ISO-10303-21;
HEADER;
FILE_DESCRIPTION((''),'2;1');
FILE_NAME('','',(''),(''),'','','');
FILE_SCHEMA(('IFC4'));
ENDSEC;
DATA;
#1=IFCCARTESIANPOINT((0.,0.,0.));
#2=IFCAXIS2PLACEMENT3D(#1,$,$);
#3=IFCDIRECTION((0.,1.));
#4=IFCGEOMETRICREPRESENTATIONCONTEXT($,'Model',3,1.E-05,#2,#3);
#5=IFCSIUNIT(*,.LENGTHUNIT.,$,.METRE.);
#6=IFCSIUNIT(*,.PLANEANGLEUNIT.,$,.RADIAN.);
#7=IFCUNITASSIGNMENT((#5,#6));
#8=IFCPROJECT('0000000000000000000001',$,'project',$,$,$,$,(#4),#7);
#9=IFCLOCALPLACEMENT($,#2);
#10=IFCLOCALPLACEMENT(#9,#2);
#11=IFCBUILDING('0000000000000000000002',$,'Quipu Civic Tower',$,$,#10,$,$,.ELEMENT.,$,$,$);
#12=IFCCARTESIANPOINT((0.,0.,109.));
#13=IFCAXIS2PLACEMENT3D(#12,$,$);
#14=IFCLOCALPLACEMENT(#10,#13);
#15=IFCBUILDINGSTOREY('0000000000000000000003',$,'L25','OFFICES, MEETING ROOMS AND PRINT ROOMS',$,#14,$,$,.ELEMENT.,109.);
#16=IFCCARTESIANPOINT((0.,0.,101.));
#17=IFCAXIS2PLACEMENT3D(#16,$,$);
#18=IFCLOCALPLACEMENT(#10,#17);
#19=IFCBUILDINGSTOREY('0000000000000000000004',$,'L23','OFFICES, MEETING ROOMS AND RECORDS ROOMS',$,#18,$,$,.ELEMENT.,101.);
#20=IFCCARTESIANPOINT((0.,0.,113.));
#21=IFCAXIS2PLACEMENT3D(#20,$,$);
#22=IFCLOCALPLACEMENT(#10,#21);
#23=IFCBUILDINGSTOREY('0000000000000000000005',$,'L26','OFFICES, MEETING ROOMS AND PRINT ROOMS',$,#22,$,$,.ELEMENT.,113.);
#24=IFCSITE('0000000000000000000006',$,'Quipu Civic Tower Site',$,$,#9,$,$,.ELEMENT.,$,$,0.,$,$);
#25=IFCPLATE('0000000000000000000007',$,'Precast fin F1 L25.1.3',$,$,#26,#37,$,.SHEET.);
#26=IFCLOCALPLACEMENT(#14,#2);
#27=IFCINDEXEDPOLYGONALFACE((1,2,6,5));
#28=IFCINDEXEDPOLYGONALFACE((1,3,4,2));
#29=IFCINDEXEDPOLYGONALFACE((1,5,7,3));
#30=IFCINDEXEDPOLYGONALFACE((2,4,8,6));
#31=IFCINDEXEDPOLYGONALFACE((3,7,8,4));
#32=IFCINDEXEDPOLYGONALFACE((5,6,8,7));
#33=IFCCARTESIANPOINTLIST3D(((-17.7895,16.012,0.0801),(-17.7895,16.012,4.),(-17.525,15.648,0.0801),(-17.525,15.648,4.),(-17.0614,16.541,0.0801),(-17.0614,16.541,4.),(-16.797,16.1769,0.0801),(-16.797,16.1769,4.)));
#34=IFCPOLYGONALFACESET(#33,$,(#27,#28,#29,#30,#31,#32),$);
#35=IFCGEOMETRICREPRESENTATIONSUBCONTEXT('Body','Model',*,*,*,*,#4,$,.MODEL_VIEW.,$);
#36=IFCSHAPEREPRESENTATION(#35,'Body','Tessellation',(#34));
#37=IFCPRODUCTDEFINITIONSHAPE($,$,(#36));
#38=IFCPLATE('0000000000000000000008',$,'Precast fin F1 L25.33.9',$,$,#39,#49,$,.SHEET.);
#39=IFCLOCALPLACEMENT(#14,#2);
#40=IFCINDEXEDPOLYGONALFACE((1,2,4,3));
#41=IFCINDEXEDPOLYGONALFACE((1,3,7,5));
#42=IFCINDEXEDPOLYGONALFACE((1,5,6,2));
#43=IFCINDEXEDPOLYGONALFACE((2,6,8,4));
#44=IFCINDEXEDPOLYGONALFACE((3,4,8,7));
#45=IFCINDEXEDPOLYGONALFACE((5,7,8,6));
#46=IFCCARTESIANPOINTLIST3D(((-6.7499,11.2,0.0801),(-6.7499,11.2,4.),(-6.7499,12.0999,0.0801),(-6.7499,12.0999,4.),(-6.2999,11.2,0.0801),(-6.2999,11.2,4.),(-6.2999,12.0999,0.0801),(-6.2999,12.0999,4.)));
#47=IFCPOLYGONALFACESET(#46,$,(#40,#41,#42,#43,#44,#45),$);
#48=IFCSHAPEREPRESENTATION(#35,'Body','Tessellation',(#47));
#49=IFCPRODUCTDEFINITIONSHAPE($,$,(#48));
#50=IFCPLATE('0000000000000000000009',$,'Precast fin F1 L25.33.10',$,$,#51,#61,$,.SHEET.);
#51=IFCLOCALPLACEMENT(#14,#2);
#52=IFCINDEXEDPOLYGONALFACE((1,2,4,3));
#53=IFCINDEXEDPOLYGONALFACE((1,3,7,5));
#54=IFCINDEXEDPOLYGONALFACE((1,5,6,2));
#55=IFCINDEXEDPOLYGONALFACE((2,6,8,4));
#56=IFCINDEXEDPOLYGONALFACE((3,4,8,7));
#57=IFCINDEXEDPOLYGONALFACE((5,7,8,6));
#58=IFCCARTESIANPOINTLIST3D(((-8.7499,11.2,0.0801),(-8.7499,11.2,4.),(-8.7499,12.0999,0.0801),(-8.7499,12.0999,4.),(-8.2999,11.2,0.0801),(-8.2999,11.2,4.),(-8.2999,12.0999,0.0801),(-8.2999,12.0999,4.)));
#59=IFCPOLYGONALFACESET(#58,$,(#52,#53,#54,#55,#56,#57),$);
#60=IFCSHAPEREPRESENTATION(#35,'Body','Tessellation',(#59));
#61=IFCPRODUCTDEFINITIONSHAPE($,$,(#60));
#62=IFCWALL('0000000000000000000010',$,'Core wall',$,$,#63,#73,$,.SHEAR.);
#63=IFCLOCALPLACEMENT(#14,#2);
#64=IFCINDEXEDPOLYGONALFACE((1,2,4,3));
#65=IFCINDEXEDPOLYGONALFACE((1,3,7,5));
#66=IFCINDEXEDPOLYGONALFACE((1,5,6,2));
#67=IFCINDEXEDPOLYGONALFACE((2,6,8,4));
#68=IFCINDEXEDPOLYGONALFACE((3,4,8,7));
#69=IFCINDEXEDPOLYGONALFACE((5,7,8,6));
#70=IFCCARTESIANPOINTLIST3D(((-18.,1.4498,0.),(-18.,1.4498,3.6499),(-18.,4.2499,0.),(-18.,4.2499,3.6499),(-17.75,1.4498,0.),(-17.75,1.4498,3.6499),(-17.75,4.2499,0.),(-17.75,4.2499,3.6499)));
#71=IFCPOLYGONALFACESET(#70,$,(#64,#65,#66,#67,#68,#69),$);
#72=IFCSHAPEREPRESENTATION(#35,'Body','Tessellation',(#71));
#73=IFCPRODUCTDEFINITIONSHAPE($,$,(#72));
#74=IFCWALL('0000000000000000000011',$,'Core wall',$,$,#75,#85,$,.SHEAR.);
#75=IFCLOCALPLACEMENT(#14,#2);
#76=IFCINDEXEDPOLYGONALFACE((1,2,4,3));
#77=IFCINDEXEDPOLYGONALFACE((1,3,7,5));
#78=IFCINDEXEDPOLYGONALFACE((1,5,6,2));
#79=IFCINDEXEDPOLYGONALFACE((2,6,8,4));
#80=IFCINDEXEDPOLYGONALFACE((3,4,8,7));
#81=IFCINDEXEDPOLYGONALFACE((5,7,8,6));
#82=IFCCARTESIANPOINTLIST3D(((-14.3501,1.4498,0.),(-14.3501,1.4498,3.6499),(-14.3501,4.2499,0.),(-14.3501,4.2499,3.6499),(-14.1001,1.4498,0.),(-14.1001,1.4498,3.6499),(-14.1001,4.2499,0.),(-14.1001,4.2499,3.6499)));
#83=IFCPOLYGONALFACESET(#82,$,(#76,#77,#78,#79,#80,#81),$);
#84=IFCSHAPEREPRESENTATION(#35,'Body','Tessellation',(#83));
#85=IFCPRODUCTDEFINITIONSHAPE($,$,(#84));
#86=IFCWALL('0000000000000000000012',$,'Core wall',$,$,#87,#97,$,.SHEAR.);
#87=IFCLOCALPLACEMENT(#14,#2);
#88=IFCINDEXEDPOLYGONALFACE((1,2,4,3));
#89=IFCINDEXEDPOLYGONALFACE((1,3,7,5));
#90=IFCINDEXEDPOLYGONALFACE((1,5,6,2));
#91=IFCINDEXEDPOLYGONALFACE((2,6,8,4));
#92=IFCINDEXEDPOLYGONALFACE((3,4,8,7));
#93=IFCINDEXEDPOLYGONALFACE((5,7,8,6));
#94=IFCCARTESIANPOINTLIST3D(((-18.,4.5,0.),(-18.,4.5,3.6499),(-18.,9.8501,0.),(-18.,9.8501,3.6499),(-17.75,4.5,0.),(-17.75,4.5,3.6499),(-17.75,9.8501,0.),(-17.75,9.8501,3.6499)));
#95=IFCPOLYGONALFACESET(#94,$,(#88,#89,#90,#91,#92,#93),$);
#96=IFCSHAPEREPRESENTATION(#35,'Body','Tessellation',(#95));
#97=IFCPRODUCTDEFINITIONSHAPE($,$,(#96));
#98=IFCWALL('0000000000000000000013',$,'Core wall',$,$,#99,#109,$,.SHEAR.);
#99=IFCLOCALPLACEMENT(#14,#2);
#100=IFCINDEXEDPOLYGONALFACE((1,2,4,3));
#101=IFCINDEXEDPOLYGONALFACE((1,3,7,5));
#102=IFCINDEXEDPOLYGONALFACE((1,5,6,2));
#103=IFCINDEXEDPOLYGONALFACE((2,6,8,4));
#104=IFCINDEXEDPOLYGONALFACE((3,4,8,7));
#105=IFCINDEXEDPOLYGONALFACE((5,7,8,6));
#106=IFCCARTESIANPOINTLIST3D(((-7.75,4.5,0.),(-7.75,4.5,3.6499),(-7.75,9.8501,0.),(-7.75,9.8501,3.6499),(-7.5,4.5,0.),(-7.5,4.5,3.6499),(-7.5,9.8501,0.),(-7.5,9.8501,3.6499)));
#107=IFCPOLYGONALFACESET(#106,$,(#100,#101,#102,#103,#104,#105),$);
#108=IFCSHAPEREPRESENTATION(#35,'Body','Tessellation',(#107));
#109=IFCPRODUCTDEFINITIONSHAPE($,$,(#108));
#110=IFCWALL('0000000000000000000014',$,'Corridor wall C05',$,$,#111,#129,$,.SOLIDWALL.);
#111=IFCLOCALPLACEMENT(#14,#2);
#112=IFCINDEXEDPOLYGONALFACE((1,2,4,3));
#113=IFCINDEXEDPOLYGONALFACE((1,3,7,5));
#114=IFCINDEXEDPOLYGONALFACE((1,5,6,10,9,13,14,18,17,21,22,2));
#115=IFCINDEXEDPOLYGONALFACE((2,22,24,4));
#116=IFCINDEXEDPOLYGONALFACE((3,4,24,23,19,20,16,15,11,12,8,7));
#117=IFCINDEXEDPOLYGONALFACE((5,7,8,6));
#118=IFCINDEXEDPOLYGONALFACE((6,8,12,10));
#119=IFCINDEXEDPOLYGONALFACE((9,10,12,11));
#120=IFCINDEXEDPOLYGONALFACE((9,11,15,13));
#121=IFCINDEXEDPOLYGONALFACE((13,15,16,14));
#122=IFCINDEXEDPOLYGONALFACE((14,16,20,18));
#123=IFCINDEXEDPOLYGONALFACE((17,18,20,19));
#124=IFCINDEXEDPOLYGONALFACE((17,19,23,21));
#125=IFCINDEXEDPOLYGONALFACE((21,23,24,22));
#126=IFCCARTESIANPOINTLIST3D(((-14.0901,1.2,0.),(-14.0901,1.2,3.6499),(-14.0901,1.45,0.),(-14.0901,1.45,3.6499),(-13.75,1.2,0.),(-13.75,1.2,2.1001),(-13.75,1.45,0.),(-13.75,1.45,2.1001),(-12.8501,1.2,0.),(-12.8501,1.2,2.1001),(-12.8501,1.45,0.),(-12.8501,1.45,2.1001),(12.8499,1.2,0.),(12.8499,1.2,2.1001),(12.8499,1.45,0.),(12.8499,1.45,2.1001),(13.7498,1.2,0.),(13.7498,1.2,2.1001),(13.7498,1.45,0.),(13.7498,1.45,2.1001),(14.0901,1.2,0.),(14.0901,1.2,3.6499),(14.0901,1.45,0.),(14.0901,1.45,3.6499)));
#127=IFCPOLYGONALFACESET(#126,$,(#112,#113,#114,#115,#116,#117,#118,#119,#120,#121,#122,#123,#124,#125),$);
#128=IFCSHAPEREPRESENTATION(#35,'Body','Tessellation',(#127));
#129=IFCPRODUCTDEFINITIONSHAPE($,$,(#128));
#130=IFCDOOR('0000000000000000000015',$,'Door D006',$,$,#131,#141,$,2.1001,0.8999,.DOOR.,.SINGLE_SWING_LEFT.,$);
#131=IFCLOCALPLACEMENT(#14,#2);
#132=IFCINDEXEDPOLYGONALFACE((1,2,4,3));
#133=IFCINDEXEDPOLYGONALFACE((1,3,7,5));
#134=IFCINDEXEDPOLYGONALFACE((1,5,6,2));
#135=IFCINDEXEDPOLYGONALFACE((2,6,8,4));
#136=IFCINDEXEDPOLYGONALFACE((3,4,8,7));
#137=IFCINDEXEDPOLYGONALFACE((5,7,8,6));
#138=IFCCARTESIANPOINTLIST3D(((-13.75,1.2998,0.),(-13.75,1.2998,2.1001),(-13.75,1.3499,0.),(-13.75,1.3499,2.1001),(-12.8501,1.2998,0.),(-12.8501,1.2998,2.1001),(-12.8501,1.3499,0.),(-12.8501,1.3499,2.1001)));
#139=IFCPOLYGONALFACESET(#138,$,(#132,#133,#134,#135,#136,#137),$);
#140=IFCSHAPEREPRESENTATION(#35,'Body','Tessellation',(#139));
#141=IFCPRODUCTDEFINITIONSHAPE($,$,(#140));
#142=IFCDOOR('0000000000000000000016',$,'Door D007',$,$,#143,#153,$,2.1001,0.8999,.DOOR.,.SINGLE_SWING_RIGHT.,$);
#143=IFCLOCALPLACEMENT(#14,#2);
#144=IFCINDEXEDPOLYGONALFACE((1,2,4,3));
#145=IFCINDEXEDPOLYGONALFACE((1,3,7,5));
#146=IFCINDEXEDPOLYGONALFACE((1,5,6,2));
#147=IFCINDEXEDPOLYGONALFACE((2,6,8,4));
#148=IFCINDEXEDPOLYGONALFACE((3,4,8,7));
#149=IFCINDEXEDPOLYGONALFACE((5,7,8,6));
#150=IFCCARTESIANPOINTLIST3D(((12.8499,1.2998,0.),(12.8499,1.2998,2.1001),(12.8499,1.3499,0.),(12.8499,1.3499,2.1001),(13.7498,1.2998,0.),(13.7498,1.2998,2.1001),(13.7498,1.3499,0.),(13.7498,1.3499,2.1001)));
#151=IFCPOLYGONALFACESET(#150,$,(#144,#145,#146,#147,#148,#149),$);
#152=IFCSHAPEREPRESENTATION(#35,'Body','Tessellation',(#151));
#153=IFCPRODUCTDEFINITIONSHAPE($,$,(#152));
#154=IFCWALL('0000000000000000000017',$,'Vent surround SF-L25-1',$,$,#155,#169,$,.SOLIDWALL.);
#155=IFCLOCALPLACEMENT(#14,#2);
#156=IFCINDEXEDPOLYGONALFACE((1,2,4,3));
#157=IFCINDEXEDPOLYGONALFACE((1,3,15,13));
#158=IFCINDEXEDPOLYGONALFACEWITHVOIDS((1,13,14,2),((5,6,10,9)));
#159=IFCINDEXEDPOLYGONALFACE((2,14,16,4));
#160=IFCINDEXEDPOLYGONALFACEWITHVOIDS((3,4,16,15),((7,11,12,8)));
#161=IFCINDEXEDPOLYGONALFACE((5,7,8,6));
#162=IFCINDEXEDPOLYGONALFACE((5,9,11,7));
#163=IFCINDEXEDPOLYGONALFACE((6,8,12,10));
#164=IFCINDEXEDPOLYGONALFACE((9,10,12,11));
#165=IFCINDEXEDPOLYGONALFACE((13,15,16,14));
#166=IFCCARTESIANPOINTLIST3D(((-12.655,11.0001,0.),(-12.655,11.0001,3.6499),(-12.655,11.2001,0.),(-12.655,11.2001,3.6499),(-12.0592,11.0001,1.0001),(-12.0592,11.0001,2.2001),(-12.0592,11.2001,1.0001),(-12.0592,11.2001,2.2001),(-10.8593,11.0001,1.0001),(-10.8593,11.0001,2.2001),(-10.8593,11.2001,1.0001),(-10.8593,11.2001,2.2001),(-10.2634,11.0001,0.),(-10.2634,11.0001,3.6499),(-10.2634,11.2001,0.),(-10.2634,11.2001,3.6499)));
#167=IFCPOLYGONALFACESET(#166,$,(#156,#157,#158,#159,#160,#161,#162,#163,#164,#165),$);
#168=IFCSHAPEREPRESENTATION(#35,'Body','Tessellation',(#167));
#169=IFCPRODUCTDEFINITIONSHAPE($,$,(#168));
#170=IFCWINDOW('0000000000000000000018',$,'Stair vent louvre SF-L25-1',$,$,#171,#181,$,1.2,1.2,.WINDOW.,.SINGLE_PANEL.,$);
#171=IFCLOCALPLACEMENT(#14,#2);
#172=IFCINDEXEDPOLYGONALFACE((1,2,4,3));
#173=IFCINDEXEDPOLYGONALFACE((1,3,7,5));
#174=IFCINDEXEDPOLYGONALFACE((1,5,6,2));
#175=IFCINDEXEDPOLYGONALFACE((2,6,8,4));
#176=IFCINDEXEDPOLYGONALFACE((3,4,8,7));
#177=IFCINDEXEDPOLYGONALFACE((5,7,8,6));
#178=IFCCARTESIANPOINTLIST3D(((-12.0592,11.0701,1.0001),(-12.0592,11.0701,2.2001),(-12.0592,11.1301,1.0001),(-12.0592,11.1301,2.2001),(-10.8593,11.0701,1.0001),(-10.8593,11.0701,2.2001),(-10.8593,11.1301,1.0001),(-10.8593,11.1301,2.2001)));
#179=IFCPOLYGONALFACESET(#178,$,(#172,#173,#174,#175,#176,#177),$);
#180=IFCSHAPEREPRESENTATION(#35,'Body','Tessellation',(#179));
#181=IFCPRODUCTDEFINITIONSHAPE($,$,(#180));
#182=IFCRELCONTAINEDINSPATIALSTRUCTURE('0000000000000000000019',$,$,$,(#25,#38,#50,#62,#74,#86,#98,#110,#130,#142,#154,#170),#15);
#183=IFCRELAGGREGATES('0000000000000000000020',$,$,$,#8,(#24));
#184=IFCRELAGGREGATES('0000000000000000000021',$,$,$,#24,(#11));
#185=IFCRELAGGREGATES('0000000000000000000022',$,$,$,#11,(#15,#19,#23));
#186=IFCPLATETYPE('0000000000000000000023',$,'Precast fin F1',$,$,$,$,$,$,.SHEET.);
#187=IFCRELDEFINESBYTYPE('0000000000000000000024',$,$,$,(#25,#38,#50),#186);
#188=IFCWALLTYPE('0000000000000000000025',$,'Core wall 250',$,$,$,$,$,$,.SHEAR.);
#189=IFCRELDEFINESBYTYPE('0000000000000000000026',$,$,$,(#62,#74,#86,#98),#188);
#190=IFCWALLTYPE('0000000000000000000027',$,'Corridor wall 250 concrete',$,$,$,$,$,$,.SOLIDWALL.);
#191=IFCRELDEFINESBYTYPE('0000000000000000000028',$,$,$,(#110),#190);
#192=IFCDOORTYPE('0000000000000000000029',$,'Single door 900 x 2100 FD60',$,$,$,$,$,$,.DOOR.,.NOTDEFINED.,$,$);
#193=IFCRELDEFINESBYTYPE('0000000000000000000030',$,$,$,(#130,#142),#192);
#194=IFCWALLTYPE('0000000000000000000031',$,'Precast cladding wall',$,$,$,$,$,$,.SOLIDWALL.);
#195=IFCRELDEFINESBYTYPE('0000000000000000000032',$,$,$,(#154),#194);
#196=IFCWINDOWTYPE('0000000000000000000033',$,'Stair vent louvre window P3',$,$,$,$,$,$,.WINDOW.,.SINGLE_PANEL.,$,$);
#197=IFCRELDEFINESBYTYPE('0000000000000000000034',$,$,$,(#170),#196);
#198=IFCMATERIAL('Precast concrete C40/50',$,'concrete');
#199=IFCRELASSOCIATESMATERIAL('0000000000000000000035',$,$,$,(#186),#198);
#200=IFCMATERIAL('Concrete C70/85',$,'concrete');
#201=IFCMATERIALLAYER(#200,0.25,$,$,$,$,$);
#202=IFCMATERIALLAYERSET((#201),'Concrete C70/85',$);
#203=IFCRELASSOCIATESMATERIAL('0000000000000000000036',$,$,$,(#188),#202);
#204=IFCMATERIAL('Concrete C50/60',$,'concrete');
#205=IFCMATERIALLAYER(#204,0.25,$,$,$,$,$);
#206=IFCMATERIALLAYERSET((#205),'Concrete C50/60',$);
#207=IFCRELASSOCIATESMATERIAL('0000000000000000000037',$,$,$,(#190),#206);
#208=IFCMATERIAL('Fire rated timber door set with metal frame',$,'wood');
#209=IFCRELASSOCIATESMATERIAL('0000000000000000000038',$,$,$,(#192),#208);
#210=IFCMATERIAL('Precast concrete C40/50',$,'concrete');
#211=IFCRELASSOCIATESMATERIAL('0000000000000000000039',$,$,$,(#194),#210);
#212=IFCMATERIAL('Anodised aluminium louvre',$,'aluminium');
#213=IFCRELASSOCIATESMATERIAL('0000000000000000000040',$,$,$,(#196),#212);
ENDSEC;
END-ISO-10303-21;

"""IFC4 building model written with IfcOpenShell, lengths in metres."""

from ifc_helpers import new_model, si_unit, direction, frame, frame_2d, origin, origin_2d, place, context, subcontext, project, spatial, rectangle, extrude, material, layer, layer_set, type_object, element, fill, save


model = new_model("IFC4")

# Units and contexts
model_context = context("Model", 3, precision=1e-05, world=origin(), true_north=direction((0.0, 1.0)))
body_context = subcontext(model_context, "Body", "Model", "MODEL_VIEW")
ifc_project = project(units=[si_unit("LENGTHUNIT", "METRE"), si_unit("PLANEANGLEUNIT", "RADIAN")], contexts=[model_context])

# Site, building, storey
site_placement = place(None, origin())
site = spatial("IfcSite", under=ifc_project, at=site_placement, Name="Quipu Civic Tower Site", CompositionType="ELEMENT", RefElevation=0.0)
building_placement = place(site_placement, origin())
building = spatial("IfcBuilding", under=site, at=building_placement, Name="Quipu Civic Tower", CompositionType="ELEMENT")
storey_1_placement = place(building_placement, frame((0.0, 0.0, 109.0)))
storey_1 = spatial("IfcBuildingStorey", under=building, at=storey_1_placement, Name="L25", Description="OFFICES, MEETING ROOMS AND PRINT ROOMS", CompositionType="ELEMENT", Elevation=109.0)

# Shared definitions
storey_2_placement = place(building_placement, frame((0.0, 0.0, 101.0)))
storey_2 = spatial("IfcBuildingStorey", under=building, at=storey_2_placement, Name="L23", Description="OFFICES, MEETING ROOMS AND RECORDS ROOMS", CompositionType="ELEMENT", Elevation=101.0)

# Shared definitions
storey_3_placement = place(building_placement, frame((0.0, 0.0, 113.0)))
storey_3 = spatial("IfcBuildingStorey", under=building, at=storey_3_placement, Name="L26", Description="OFFICES, MEETING ROOMS AND PRINT ROOMS", CompositionType="ELEMENT", Elevation=113.0)

# Plates
ifc_material_1 = material(Name="Precast concrete C40/50", Category="concrete")
plate_type_1 = type_object("IfcPlateType", Name="Precast fin F1", PredefinedType="SHEET", material=ifc_material_1)
for number, where, z_axis, x_axis, name in (
    (1, (-17.2932, 16.0945, 0.0801), (0.0, 0.0, 1.0), (-0.587785, 0.809017, 0.0), "Precast fin F1 L25.1.3"),
    (2, (-6.5249, 11.6499, 0.0801), (0.0, 0.0, 1.0), (-1.0, 0.0, 0.0), "Precast fin F1 L25.33.9"),
    (3, (-8.5249, 11.6499, 0.0801), (0.0, 0.0, 1.0), (-1.0, 0.0, 0.0), "Precast fin F1 L25.33.10"),
):
    element("IfcPlate", number, at=place(storey_1_placement, frame(where, z_axis=z_axis, x_axis=x_axis)), inside=storey_1, type_object=plate_type_1, Name=name, PredefinedType="SHEET", context=body_context, shape_type="SweptSolid", body=[
        extrude(rectangle(XDim=0.45, YDim=0.8999, at=origin_2d()), origin(), (0.0, 0.0, 1.0), 3.9199),
    ])

# Walls
ifc_material_2 = material(Name="Concrete C70/85", Category="concrete")
ifc_layer_1 = layer(ifc_material_2, 0.25)
ifc_layer_set_1 = layer_set([ifc_layer_1], Name="Concrete C70/85")
wall_type_1 = type_object("IfcWallType", Name="Core wall 250", PredefinedType="SHEAR", material=ifc_layer_set_1)
for number, where, z_axis, x_axis, name in (
    (4, (-17.875, 1.45, 0.0), (0.0, 0.0, 1.0), (0.0, 1.0, 0.0), "Core wall"),
    (5, (-14.2251, 1.45, 0.0), (0.0, 0.0, 1.0), (0.0, 1.0, 0.0), "Core wall"),
):
    element("IfcWall", number, at=place(storey_1_placement, frame(where, z_axis=z_axis, x_axis=x_axis)), inside=storey_1, type_object=wall_type_1, Name=name, PredefinedType="SHEAR", context=body_context, shape_type="SweptSolid", body=[
        extrude(rectangle(XDim=2.8, YDim=0.25, at=frame_2d((1.3999, 0.0))), origin(), (0.0, 0.0, 1.0), 3.6499),
    ])
for number, where, z_axis, x_axis, name in (
    (6, (-17.875, 4.5, 0.0), (0.0, 0.0, 1.0), (0.0, 1.0, 0.0), "Core wall"),
    (7, (-7.625, 4.5, 0.0), (0.0, 0.0, 1.0), (0.0, 1.0, 0.0), "Core wall"),
):
    element("IfcWall", number, at=place(storey_1_placement, frame(where, z_axis=z_axis, x_axis=x_axis)), inside=storey_1, type_object=wall_type_1, Name=name, PredefinedType="SHEAR", context=body_context, shape_type="SweptSolid", body=[
        extrude(rectangle(XDim=5.3501, YDim=0.25, at=frame_2d((2.675, 0.0))), origin(), (0.0, 0.0, 1.0), 3.6499),
    ])

# Wall, openings, doors
ifc_material_3 = material(Name="Concrete C50/60", Category="concrete")
ifc_layer_2 = layer(ifc_material_3, 0.25)
ifc_layer_set_2 = layer_set([ifc_layer_2], Name="Concrete C50/60")
wall_type_2 = type_object("IfcWallType", Name="Corridor wall 250 concrete", PredefinedType="SOLIDWALL", material=ifc_layer_set_2)
wall_1_placement = place(storey_1_placement, frame((-14.0901, 1.325, 0.0), z_axis=(0.0, 0.0, 1.0), x_axis=(1.0, 0.0, 0.0)))
wall_1 = element("IfcWall", 8, at=wall_1_placement, inside=storey_1, type_object=wall_type_2, Name="Corridor wall C05", PredefinedType="SOLIDWALL", context=body_context, shape_type="SweptSolid", body=[
    extrude(rectangle(XDim=28.1802, YDim=0.25, at=frame_2d((14.0901, 0.0))), origin(), (0.0, 0.0, 1.0), 3.6499),
])
opening_1_placement = place(wall_1_placement, frame((0.3401, 0.0, 0.0)))
opening_1 = element("IfcOpeningElement", 9, at=opening_1_placement, cuts=wall_1, PredefinedType="OPENING", context=body_context, shape_type="SweptSolid", body=[
    extrude(rectangle(XDim=0.8999, YDim=2.1001, at=frame_2d((0.45, 1.05))), frame((0.0, 0.135, 0.0), z_axis=(0.0, -1.0, 0.0), x_axis=(1.0, 0.0, 0.0)), (0.0, 0.0, 1.0), 0.27),
])
opening_2_placement = place(wall_1_placement, frame((26.9399, 0.0, 0.0)))
opening_2 = element("IfcOpeningElement", 10, at=opening_2_placement, cuts=wall_1, PredefinedType="OPENING", context=body_context, shape_type="SweptSolid", body=[
    extrude(rectangle(XDim=0.8999, YDim=2.1001, at=frame_2d((0.45, 1.05))), frame((0.0, 0.135, 0.0), z_axis=(0.0, -1.0, 0.0), x_axis=(1.0, 0.0, 0.0)), (0.0, 0.0, 1.0), 0.27),
])
ifc_material_4 = material(Name="Fire rated timber door set with metal frame", Category="wood")
door_type = type_object("IfcDoorType", Name="Single door 900 x 2100 FD60", OperationType="NOTDEFINED", PredefinedType="DOOR", material=ifc_material_4)
door_1_placement = place(opening_1_placement, origin())
door_1 = element("IfcDoor", 11, at=door_1_placement, inside=storey_1, type_object=door_type, Name="Door D006", OperationType="SINGLE_SWING_LEFT", OverallHeight=2.1001, OverallWidth=0.8999, PredefinedType="DOOR", context=body_context, shape_type="SweptSolid", body=[
    extrude(rectangle(XDim=0.8999, YDim=2.1001, at=frame_2d((0.45, 1.05))), frame((0.0, 0.0249, 0.0), z_axis=(0.0, -1.0, 0.0), x_axis=(1.0, 0.0, 0.0)), (0.0, 0.0, 1.0), 0.05),
])
fill(opening_1, door_1)
door_2_placement = place(opening_2_placement, origin())
door_2 = element("IfcDoor", 12, at=door_2_placement, inside=storey_1, type_object=door_type, Name="Door D007", OperationType="SINGLE_SWING_RIGHT", OverallHeight=2.1001, OverallWidth=0.8999, PredefinedType="DOOR", context=body_context, shape_type="SweptSolid", body=[
    extrude(rectangle(XDim=0.8999, YDim=2.1001, at=frame_2d((0.45, 1.05))), frame((0.0, 0.0249, 0.0), z_axis=(0.0, -1.0, 0.0), x_axis=(1.0, 0.0, 0.0)), (0.0, 0.0, 1.0), 0.05),
])
fill(opening_2, door_2)

# Wall, opening, window
ifc_material_5 = material(Name="Precast concrete C40/50", Category="concrete")
wall_type_3 = type_object("IfcWallType", Name="Precast cladding wall", PredefinedType="SOLIDWALL", material=ifc_material_5)
wall_2_placement = place(storey_1_placement, frame((-10.2634, 11.1001, 0.0), z_axis=(0.0, 0.0, 1.0), x_axis=(-1.0, 0.0, 0.0)))
wall_2 = element("IfcWall", 13, at=wall_2_placement, inside=storey_1, type_object=wall_type_3, Name="Vent surround SF-L25-1", PredefinedType="SOLIDWALL", context=body_context, shape_type="SweptSolid", body=[
    extrude(rectangle(XDim=2.3916, YDim=0.2, at=frame_2d((1.1958, 0.0))), origin(), (0.0, 0.0, 1.0), 3.6499),
])
opening_3_placement = place(wall_2_placement, frame((0.5957, 0.0, 1.0)))
opening_3 = element("IfcOpeningElement", 14, at=opening_3_placement, cuts=wall_2, PredefinedType="OPENING", context=body_context, shape_type="SweptSolid", body=[
    extrude(rectangle(XDim=1.2, YDim=1.2, at=frame_2d((0.6001, 0.6001))), frame((0.0, 0.1099, 0.0), z_axis=(0.0, -1.0, 0.0), x_axis=(1.0, 0.0, 0.0)), (0.0, 0.0, 1.0), 0.22),
])
ifc_material_6 = material(Name="Anodised aluminium louvre", Category="aluminium")
window_type = type_object("IfcWindowType", Name="Stair vent louvre window P3", PartitioningType="SINGLE_PANEL", PredefinedType="WINDOW", material=ifc_material_6)
window_placement = place(opening_3_placement, origin())
window = element("IfcWindow", 15, at=window_placement, inside=storey_1, type_object=window_type, Name="Stair vent louvre SF-L25-1", OverallHeight=1.2, OverallWidth=1.2, PartitioningType="SINGLE_PANEL", PredefinedType="WINDOW", context=body_context, shape_type="SweptSolid", body=[
    extrude(rectangle(XDim=1.2, YDim=1.2, at=frame_2d((0.6001, 0.6001))), frame((0.0, 0.03, 0.0), z_axis=(0.0, -1.0, 0.0), x_axis=(1.0, 0.0, 0.0)), (0.0, 0.0, 1.0), 0.0601),
])
fill(opening_3, window)

save(model, "model.ifc")
